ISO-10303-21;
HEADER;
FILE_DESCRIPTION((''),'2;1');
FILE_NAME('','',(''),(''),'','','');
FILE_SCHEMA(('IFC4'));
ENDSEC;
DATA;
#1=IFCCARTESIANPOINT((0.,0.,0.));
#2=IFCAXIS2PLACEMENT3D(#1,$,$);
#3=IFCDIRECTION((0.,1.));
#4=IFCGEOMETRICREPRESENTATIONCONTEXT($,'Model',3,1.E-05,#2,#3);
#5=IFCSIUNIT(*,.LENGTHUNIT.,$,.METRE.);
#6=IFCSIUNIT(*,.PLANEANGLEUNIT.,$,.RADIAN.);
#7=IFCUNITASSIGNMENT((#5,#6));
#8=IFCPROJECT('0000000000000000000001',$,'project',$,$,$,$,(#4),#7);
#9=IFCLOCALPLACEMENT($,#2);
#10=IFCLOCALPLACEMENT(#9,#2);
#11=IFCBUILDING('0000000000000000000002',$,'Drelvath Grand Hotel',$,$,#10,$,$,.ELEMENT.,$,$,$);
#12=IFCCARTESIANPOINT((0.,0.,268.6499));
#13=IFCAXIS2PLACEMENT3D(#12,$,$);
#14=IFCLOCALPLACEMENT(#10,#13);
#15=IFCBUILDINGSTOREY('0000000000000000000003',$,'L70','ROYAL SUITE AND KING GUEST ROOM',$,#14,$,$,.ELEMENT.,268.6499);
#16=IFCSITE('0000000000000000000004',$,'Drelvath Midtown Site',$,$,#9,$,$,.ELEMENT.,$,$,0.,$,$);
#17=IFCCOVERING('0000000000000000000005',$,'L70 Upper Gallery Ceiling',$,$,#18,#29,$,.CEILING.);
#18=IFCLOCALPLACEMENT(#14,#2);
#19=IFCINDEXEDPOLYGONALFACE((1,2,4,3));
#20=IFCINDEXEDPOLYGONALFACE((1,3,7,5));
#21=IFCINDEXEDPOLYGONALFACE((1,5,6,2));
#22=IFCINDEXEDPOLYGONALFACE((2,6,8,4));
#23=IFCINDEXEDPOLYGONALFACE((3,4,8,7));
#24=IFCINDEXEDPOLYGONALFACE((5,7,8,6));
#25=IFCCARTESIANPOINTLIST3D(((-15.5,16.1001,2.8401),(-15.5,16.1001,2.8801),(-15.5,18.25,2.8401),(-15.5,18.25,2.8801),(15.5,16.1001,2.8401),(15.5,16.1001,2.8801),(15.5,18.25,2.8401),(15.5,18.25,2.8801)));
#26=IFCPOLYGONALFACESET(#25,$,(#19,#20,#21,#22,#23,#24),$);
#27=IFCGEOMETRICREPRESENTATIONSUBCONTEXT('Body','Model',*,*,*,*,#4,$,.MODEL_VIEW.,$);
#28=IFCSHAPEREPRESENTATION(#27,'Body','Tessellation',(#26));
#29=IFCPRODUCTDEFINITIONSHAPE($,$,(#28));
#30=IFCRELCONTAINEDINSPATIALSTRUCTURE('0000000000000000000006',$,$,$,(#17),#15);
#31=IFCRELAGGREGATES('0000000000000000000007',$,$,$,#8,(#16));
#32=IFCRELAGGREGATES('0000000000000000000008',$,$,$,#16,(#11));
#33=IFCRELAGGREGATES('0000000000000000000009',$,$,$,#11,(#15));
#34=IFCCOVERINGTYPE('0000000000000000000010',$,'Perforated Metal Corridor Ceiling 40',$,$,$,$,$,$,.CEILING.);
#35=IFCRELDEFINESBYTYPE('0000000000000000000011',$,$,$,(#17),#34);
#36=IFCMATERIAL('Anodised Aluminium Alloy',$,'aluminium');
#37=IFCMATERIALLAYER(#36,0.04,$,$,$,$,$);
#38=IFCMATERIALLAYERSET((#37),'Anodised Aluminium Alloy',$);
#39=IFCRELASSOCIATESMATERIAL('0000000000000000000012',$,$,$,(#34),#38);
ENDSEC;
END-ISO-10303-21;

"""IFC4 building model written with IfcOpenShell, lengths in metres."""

from ifc_helpers import new_model, si_unit, direction, frame, origin, place, context, subcontext, project, spatial, polyline, outline, extrude, material, layer, layer_set, type_object, element, save


model = new_model("IFC4")

# Units and contexts
model_context = context("Model", 3, precision=1e-05, world=origin(), true_north=direction((0.0, 1.0)))
body_context = subcontext(model_context, "Body", "Model", "MODEL_VIEW")
ifc_project = project(units=[si_unit("LENGTHUNIT", "METRE"), si_unit("PLANEANGLEUNIT", "RADIAN")], contexts=[model_context])

# Site, building, storey
site_placement = place(None, origin())
site = spatial("IfcSite", under=ifc_project, at=site_placement, Name="Drelvath Midtown Site", CompositionType="ELEMENT", RefElevation=0.0)
building_placement = place(site_placement, origin())
building = spatial("IfcBuilding", under=site, at=building_placement, Name="Drelvath Grand Hotel", CompositionType="ELEMENT")
storey_placement = place(building_placement, frame((0.0, 0.0, 268.6499)))
storey = spatial("IfcBuildingStorey", under=building, at=storey_placement, Name="L70", Description="ROYAL SUITE AND KING GUEST ROOM", CompositionType="ELEMENT", Elevation=268.6499)

# Covering
ifc_material_1 = material(Name="Anodised Aluminium Alloy", Category="aluminium")
ifc_layer_1 = layer(ifc_material_1, 0.04)
ifc_layer_set_1 = layer_set([ifc_layer_1], Name="Anodised Aluminium Alloy")
covering_type_1 = type_object("IfcCoveringType", Name="Perforated Metal Corridor Ceiling 40", PredefinedType="CEILING", material=ifc_layer_set_1)
covering_1_placement = place(storey_placement, frame((0.0, 0.0, 2.8401)))
element("IfcCovering", 1, at=covering_1_placement, inside=storey, type_object=covering_type_1, Name="L70 Upper Gallery Ceiling", PredefinedType="CEILING", context=body_context, shape_type="SweptSolid", body=[
    extrude(outline(polyline([(15.5, 16.1001), (15.5, 18.25), (-15.5, 18.25), (-15.5, 16.1001), (15.5, 16.1001)])), origin(), (0.0, 0.0, 1.0), 0.04),
])

save(model, "model.ifc")
